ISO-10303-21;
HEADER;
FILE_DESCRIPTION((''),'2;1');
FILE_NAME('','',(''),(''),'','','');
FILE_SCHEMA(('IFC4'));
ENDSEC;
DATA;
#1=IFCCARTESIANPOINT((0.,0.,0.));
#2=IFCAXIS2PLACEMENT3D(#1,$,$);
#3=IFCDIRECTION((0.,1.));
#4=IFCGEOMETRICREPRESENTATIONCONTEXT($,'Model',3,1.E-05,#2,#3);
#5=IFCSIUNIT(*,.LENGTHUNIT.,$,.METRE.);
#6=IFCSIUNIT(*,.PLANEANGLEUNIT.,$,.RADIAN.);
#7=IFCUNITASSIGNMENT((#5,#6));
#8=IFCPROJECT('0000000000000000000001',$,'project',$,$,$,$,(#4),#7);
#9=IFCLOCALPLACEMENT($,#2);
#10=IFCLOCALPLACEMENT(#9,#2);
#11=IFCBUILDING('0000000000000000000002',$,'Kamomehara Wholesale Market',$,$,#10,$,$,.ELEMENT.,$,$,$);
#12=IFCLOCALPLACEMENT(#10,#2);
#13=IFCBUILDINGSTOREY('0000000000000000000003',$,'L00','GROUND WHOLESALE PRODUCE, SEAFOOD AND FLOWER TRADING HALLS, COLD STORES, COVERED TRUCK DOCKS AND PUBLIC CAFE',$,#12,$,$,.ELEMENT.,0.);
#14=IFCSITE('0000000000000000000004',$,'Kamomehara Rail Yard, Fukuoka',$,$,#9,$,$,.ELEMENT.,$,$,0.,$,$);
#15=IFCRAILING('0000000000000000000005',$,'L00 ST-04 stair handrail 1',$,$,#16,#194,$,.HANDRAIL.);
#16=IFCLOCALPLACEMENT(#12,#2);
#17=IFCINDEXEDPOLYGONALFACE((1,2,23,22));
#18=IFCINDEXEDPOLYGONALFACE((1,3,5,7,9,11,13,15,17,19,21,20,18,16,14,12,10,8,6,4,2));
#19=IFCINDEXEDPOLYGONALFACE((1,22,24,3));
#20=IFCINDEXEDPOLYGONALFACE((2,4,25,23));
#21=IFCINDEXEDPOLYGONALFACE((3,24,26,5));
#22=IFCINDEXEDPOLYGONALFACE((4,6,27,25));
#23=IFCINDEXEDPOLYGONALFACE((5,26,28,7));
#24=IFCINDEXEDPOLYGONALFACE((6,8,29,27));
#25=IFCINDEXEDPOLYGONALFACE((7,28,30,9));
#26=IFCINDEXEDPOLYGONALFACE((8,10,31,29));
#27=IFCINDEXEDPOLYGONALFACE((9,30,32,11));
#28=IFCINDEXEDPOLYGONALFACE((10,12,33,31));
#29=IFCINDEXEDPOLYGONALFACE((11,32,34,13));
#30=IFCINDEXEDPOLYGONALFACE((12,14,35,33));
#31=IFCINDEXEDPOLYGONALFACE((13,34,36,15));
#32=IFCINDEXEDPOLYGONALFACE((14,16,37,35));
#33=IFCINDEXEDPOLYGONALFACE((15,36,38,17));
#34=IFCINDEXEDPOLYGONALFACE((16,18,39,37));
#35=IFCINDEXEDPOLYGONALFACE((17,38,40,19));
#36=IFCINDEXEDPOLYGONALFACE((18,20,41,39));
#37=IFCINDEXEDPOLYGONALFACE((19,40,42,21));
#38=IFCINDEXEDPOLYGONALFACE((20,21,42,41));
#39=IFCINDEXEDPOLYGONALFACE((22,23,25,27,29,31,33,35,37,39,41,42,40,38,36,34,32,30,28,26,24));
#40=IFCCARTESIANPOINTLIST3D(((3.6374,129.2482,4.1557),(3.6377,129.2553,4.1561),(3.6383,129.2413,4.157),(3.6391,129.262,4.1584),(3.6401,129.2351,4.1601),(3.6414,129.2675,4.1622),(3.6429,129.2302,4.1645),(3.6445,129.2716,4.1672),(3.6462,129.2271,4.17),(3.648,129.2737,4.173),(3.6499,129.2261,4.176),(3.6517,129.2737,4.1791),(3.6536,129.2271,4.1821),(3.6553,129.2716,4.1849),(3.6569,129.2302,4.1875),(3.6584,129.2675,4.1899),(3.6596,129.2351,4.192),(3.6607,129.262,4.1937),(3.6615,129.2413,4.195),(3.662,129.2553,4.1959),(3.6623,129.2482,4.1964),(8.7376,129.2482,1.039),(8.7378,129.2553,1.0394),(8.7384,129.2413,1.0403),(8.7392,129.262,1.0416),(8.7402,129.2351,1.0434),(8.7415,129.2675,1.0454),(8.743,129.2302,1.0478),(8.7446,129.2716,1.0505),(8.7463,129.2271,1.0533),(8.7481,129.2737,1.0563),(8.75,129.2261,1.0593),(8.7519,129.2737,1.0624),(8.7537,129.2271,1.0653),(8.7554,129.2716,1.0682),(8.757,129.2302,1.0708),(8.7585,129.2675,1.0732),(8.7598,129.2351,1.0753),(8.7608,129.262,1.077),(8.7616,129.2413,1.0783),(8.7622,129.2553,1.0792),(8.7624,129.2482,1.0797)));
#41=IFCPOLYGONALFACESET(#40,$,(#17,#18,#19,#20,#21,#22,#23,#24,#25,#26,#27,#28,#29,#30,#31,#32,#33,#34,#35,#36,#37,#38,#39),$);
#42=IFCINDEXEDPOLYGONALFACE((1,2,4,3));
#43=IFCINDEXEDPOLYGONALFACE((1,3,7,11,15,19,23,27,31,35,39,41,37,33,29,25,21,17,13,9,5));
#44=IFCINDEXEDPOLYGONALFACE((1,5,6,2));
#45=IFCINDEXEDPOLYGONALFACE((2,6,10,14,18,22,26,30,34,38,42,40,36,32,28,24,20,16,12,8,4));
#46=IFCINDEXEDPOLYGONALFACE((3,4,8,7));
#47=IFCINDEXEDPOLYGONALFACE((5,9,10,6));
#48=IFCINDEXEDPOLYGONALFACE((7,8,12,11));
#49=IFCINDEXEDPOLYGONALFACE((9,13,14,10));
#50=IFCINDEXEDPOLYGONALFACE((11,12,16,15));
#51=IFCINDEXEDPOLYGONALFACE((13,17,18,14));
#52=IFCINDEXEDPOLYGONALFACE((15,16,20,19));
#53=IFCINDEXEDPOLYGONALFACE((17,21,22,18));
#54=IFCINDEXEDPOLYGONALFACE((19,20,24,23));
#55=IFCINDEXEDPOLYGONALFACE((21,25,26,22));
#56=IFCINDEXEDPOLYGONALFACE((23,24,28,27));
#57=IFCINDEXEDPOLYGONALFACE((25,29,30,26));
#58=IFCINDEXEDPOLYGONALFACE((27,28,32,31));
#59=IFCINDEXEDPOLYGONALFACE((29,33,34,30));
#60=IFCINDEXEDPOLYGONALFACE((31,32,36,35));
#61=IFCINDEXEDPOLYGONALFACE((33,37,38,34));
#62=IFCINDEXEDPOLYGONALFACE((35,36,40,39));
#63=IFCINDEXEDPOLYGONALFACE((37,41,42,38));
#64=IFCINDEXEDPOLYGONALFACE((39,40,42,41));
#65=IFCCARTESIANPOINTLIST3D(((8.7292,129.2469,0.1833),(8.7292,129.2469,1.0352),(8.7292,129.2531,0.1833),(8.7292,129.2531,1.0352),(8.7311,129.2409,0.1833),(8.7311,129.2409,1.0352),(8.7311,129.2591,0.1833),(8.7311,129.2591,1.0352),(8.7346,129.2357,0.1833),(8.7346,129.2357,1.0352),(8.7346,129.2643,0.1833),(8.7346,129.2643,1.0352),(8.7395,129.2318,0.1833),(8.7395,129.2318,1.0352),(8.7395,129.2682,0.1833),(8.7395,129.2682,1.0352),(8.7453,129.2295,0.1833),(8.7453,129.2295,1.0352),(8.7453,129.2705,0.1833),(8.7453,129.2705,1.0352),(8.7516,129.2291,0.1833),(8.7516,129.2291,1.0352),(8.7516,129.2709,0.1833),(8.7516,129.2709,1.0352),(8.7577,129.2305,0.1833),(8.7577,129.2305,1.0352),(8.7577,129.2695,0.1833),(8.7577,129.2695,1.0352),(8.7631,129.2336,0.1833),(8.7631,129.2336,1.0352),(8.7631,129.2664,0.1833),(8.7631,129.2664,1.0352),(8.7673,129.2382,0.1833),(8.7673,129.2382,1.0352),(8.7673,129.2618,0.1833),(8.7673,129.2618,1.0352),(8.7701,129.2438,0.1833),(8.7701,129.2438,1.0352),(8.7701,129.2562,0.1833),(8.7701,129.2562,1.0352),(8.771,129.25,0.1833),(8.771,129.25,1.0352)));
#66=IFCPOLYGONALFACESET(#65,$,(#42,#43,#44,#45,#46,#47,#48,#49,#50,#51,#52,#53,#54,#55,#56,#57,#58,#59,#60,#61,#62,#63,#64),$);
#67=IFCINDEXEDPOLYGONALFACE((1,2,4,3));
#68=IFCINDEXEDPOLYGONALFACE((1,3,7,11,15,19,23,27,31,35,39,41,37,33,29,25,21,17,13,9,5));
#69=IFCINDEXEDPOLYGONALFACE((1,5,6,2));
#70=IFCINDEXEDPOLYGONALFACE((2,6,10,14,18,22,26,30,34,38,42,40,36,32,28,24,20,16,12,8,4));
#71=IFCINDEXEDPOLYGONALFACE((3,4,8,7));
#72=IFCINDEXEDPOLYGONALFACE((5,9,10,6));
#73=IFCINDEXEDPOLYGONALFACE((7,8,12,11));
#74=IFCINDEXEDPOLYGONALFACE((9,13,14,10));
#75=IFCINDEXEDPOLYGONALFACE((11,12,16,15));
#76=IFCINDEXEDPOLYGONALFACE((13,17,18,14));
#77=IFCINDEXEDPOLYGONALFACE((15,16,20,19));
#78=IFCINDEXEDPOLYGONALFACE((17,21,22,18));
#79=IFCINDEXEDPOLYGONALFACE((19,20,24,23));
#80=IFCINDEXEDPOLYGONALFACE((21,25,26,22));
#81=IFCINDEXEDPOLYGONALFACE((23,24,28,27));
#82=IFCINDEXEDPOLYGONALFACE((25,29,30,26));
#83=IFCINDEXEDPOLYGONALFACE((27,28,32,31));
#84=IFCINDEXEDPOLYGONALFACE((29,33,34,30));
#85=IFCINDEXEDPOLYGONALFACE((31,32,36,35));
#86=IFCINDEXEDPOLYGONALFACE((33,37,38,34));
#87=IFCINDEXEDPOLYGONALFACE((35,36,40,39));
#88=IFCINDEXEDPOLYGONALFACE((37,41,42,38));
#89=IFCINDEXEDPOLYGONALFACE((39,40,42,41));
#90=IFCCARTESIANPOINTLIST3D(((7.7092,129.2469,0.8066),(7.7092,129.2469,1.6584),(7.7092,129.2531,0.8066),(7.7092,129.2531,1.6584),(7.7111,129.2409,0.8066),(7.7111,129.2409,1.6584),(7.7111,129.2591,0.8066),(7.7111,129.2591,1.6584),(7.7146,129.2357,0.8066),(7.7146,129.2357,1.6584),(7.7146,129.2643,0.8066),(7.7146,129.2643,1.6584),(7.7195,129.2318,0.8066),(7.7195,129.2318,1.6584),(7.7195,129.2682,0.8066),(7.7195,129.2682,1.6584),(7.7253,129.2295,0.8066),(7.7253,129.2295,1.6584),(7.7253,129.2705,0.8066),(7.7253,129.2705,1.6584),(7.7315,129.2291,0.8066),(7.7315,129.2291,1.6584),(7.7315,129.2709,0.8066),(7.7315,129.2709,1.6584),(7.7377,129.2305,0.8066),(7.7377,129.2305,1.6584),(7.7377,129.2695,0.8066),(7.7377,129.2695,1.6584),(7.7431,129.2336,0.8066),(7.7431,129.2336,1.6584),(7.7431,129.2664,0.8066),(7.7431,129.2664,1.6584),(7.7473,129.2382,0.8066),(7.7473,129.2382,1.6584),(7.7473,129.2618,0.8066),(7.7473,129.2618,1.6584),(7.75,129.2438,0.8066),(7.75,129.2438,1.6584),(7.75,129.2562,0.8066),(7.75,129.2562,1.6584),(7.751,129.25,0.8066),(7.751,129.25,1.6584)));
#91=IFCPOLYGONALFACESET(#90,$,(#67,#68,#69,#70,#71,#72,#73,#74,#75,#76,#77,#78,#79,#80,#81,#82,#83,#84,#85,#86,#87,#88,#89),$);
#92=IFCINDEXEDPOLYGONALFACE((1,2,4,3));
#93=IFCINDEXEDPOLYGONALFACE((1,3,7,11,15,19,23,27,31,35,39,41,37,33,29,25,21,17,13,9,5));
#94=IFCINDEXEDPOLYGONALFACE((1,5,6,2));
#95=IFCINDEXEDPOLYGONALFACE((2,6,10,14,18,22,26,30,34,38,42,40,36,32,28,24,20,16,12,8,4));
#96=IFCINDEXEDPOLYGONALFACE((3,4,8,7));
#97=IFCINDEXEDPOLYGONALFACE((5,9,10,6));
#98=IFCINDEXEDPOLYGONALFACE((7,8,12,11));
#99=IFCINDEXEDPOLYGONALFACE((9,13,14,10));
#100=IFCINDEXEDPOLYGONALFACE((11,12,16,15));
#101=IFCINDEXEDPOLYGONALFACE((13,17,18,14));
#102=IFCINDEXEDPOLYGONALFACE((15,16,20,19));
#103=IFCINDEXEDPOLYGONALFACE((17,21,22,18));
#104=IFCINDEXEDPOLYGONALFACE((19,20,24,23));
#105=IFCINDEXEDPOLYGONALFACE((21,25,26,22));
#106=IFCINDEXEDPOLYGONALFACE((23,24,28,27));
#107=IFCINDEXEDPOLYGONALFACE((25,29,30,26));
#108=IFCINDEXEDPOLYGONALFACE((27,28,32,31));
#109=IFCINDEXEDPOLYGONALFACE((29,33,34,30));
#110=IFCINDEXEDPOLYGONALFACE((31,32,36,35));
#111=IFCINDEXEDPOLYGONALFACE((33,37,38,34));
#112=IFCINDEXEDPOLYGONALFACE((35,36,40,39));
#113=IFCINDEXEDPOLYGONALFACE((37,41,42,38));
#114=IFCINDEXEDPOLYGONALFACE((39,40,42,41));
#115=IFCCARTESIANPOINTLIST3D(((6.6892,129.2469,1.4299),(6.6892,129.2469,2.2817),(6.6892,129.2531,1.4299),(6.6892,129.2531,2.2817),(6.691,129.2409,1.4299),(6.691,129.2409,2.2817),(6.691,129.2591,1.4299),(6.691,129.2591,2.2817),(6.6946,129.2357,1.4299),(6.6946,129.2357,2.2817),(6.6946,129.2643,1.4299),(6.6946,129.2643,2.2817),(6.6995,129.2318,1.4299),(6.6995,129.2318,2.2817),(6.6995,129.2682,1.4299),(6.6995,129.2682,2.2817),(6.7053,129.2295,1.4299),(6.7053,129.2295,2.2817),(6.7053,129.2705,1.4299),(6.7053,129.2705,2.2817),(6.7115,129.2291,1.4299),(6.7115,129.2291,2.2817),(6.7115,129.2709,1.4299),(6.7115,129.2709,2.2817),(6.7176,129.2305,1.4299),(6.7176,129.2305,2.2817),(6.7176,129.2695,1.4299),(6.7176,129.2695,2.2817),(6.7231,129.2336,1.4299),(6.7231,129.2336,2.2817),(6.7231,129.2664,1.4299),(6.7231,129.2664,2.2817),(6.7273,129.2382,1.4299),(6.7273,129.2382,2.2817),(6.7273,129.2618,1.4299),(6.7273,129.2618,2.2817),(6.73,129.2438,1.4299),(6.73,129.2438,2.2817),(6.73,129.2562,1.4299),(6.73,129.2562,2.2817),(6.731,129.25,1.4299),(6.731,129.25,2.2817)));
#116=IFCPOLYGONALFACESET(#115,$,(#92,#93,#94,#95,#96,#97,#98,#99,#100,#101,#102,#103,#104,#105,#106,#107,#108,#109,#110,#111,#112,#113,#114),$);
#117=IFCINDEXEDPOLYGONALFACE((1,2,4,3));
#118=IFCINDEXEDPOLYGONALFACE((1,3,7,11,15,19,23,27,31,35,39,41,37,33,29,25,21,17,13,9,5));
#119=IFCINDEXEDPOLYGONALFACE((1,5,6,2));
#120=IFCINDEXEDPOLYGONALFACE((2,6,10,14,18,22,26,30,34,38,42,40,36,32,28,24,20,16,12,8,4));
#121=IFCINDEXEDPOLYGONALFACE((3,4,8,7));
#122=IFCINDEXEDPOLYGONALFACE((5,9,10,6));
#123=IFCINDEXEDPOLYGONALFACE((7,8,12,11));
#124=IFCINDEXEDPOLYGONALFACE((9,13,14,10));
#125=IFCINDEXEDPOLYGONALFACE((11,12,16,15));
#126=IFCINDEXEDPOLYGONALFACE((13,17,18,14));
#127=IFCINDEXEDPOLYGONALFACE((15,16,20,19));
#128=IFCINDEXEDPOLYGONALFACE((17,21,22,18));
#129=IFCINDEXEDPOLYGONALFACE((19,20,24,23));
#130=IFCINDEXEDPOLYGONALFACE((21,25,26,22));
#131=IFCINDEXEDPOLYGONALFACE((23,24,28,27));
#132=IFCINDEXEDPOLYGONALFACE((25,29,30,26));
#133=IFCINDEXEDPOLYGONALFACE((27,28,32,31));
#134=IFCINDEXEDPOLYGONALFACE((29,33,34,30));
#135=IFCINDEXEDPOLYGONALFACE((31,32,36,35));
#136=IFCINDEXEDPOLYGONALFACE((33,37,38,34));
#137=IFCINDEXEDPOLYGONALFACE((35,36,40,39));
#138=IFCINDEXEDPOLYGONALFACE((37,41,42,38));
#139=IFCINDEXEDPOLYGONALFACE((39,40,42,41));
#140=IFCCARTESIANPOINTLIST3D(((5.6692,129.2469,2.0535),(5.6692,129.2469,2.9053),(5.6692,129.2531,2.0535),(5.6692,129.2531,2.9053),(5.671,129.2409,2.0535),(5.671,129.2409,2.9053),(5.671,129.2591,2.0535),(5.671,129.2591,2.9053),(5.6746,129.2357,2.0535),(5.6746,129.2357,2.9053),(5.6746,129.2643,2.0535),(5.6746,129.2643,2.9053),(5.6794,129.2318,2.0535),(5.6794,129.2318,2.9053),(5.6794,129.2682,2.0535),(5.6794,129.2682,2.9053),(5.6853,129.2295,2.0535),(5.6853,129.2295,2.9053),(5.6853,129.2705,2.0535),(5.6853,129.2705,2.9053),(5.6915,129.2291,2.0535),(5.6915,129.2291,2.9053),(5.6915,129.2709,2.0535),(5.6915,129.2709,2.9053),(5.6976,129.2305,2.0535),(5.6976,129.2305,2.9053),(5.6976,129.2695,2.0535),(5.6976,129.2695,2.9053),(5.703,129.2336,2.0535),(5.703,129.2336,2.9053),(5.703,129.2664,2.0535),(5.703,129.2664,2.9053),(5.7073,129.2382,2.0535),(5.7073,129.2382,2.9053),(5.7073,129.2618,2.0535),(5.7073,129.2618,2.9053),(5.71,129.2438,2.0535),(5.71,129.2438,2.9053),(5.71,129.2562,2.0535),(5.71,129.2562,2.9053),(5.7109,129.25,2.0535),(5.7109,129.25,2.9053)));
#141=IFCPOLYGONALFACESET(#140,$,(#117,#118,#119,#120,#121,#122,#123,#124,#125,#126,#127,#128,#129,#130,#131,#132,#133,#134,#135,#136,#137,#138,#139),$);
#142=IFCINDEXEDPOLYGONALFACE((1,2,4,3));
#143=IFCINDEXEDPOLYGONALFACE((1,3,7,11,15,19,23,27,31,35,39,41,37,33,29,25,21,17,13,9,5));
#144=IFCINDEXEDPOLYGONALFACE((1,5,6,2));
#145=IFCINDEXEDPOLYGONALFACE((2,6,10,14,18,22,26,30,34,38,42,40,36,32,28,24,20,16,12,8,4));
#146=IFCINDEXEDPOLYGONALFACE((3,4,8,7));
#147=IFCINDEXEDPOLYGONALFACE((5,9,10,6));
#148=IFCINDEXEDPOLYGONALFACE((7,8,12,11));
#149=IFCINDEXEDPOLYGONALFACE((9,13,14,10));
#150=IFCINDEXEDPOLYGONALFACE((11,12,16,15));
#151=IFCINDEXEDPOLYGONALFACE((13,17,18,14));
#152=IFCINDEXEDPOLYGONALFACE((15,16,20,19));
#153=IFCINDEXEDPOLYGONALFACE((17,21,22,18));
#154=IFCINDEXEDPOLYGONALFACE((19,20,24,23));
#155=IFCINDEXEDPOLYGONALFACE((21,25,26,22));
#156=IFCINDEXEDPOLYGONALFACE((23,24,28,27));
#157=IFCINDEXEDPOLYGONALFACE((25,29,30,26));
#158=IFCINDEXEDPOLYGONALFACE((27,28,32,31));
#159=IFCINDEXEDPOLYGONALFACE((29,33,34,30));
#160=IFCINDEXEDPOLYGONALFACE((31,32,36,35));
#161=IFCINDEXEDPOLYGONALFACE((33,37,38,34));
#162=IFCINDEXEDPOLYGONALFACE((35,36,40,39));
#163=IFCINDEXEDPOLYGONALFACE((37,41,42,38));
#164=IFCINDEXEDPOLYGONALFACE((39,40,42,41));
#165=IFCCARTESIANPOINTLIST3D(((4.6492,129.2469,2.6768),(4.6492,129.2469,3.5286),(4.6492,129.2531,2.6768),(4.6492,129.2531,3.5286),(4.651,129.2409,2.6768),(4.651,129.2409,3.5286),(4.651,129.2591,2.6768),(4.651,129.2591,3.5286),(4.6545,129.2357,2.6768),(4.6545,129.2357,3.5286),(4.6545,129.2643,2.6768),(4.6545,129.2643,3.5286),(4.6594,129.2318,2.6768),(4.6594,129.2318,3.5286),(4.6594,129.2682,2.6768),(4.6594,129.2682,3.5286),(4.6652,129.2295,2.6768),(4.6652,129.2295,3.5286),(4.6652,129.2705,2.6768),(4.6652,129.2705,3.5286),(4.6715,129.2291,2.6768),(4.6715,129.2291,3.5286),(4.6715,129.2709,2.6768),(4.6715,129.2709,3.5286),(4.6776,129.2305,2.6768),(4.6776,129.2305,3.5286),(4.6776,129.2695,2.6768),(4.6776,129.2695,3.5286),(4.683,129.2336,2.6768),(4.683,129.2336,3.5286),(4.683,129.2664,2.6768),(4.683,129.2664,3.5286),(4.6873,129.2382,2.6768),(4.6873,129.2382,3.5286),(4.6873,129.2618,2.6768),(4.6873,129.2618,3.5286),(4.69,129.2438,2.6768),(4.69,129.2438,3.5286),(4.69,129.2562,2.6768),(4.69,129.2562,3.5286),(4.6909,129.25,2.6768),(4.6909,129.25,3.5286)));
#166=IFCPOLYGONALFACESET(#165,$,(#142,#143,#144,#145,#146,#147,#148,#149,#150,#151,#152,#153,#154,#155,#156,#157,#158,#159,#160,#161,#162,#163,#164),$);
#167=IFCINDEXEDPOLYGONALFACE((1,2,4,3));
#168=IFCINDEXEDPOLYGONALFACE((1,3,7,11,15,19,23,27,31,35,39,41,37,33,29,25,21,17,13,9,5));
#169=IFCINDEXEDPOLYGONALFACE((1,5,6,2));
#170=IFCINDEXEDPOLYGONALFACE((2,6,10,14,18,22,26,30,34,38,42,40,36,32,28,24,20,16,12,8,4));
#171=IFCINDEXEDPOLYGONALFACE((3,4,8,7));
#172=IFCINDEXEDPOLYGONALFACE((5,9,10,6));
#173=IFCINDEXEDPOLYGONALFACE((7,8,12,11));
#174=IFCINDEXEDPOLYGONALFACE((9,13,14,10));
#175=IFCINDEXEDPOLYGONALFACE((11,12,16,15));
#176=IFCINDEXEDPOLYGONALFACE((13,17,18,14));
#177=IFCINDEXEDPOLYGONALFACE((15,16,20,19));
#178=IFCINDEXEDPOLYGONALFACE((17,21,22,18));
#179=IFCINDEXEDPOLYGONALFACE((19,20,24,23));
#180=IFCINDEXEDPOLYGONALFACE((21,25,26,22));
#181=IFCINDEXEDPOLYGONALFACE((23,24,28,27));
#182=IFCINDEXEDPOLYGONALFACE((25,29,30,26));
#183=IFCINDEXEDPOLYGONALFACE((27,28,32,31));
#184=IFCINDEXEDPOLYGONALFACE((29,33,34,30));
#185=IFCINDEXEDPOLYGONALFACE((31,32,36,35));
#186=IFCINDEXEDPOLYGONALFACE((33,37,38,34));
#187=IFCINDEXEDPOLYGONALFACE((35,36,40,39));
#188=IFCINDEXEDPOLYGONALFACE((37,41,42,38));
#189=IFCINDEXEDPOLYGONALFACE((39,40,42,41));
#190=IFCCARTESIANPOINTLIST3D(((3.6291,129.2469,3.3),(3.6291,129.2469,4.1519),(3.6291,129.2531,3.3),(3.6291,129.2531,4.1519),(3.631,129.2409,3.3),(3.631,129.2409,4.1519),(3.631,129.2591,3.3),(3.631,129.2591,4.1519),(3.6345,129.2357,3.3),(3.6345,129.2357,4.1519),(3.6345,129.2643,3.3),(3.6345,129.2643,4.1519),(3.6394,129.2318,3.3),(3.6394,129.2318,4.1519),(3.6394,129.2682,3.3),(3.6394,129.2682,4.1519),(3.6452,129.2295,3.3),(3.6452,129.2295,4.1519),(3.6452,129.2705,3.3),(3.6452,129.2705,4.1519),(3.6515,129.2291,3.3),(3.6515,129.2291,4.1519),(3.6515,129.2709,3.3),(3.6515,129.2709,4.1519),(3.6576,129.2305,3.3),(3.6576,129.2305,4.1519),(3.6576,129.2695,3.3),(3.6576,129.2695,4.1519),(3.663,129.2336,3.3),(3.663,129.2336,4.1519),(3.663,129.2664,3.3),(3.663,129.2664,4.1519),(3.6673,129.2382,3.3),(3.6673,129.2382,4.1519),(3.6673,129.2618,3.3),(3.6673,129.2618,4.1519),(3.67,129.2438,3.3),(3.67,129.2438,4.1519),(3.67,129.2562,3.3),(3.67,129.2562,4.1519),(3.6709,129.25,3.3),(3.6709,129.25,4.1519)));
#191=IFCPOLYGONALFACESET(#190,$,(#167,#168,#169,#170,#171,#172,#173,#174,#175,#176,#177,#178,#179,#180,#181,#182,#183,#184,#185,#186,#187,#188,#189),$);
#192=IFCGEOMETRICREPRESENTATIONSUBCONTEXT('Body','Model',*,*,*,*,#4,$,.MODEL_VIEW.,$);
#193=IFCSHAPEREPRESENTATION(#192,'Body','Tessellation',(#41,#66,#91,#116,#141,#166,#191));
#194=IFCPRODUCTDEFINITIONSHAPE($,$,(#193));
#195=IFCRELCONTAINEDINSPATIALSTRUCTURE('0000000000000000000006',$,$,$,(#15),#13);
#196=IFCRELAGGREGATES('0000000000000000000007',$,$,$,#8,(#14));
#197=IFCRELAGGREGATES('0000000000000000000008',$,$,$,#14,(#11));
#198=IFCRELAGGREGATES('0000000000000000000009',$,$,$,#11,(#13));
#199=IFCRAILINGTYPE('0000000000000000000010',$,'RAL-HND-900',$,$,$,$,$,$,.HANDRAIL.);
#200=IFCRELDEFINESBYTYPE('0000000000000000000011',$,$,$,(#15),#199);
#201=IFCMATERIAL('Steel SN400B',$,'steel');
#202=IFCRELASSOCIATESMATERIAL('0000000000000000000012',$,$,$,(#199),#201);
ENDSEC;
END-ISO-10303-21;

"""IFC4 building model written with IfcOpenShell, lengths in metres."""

from ifc_helpers import new_model, si_unit, direction, frame, origin, origin_2d, place, context, subcontext, project, spatial, circle, extrude, material, type_object, element, save


model = new_model("IFC4")

# Units and contexts
model_context = context("Model", 3, precision=1e-05, world=origin(), true_north=direction((0.0, 1.0)))
body_context = subcontext(model_context, "Body", "Model", "MODEL_VIEW")
ifc_project = project(units=[si_unit("LENGTHUNIT", "METRE"), si_unit("PLANEANGLEUNIT", "RADIAN")], contexts=[model_context])

# Site, building, storey
site_placement = place(None, origin())
site = spatial("IfcSite", under=ifc_project, at=site_placement, Name="Kamomehara Rail Yard, Fukuoka", CompositionType="ELEMENT", RefElevation=0.0)
building_placement = place(site_placement, origin())
building = spatial("IfcBuilding", under=site, at=building_placement, Name="Kamomehara Wholesale Market", CompositionType="ELEMENT")
storey_placement = place(building_placement, origin())
storey = spatial("IfcBuildingStorey", under=building, at=storey_placement, Name="L00", Description="GROUND WHOLESALE PRODUCE, SEAFOOD AND FLOWER TRADING HALLS, COLD STORES, COVERED TRUCK DOCKS AND PUBLIC CAFE", CompositionType="ELEMENT", Elevation=0.0)

# Railing
ifc_material_1 = material(Name="Steel SN400B", Category="steel")
railing_type_1 = type_object("IfcRailingType", Name="RAL-HND-900", PredefinedType="HANDRAIL", material=ifc_material_1)
railing_1_placement = place(storey_placement, frame((8.75, 129.25, 0.1833)))
element("IfcRailing", 1, at=railing_1_placement, inside=storey, type_object=railing_type_1, Name="L00 ST-04 stair handrail 1", PredefinedType="HANDRAIL", context=body_context, shape_type="SweptSolid", body=[
    extrude(circle(Radius=0.0239, at=origin_2d()), frame((0.0, 0.0, 0.876), z_axis=(-0.853284, 0.0, 0.521447), x_axis=(0.0, -1.0, 0.0)), (0.0, 0.0, 1.0), 5.9771),
    extrude(circle(Radius=0.021, at=origin_2d()), origin(), (0.0, 0.0, 1.0), 0.8518),
    extrude(circle(Radius=0.021, at=origin_2d()), frame((-1.02, 0.0, 0.6233)), (0.0, 0.0, 1.0), 0.8518),
    extrude(circle(Radius=0.021, at=origin_2d()), frame((-2.04, 0.0, 1.2466)), (0.0, 0.0, 1.0), 0.8518),
    extrude(circle(Radius=0.021, at=origin_2d()), frame((-3.0601, 0.0, 1.8701)), (0.0, 0.0, 1.0), 0.8518),
    extrude(circle(Radius=0.021, at=origin_2d()), frame((-4.0801, 0.0, 2.4934)), (0.0, 0.0, 1.0), 0.8518),
    extrude(circle(Radius=0.021, at=origin_2d()), frame((-5.1001, 0.0, 3.1167)), (0.0, 0.0, 1.0), 0.8518),
])

save(model, "model.ifc")
